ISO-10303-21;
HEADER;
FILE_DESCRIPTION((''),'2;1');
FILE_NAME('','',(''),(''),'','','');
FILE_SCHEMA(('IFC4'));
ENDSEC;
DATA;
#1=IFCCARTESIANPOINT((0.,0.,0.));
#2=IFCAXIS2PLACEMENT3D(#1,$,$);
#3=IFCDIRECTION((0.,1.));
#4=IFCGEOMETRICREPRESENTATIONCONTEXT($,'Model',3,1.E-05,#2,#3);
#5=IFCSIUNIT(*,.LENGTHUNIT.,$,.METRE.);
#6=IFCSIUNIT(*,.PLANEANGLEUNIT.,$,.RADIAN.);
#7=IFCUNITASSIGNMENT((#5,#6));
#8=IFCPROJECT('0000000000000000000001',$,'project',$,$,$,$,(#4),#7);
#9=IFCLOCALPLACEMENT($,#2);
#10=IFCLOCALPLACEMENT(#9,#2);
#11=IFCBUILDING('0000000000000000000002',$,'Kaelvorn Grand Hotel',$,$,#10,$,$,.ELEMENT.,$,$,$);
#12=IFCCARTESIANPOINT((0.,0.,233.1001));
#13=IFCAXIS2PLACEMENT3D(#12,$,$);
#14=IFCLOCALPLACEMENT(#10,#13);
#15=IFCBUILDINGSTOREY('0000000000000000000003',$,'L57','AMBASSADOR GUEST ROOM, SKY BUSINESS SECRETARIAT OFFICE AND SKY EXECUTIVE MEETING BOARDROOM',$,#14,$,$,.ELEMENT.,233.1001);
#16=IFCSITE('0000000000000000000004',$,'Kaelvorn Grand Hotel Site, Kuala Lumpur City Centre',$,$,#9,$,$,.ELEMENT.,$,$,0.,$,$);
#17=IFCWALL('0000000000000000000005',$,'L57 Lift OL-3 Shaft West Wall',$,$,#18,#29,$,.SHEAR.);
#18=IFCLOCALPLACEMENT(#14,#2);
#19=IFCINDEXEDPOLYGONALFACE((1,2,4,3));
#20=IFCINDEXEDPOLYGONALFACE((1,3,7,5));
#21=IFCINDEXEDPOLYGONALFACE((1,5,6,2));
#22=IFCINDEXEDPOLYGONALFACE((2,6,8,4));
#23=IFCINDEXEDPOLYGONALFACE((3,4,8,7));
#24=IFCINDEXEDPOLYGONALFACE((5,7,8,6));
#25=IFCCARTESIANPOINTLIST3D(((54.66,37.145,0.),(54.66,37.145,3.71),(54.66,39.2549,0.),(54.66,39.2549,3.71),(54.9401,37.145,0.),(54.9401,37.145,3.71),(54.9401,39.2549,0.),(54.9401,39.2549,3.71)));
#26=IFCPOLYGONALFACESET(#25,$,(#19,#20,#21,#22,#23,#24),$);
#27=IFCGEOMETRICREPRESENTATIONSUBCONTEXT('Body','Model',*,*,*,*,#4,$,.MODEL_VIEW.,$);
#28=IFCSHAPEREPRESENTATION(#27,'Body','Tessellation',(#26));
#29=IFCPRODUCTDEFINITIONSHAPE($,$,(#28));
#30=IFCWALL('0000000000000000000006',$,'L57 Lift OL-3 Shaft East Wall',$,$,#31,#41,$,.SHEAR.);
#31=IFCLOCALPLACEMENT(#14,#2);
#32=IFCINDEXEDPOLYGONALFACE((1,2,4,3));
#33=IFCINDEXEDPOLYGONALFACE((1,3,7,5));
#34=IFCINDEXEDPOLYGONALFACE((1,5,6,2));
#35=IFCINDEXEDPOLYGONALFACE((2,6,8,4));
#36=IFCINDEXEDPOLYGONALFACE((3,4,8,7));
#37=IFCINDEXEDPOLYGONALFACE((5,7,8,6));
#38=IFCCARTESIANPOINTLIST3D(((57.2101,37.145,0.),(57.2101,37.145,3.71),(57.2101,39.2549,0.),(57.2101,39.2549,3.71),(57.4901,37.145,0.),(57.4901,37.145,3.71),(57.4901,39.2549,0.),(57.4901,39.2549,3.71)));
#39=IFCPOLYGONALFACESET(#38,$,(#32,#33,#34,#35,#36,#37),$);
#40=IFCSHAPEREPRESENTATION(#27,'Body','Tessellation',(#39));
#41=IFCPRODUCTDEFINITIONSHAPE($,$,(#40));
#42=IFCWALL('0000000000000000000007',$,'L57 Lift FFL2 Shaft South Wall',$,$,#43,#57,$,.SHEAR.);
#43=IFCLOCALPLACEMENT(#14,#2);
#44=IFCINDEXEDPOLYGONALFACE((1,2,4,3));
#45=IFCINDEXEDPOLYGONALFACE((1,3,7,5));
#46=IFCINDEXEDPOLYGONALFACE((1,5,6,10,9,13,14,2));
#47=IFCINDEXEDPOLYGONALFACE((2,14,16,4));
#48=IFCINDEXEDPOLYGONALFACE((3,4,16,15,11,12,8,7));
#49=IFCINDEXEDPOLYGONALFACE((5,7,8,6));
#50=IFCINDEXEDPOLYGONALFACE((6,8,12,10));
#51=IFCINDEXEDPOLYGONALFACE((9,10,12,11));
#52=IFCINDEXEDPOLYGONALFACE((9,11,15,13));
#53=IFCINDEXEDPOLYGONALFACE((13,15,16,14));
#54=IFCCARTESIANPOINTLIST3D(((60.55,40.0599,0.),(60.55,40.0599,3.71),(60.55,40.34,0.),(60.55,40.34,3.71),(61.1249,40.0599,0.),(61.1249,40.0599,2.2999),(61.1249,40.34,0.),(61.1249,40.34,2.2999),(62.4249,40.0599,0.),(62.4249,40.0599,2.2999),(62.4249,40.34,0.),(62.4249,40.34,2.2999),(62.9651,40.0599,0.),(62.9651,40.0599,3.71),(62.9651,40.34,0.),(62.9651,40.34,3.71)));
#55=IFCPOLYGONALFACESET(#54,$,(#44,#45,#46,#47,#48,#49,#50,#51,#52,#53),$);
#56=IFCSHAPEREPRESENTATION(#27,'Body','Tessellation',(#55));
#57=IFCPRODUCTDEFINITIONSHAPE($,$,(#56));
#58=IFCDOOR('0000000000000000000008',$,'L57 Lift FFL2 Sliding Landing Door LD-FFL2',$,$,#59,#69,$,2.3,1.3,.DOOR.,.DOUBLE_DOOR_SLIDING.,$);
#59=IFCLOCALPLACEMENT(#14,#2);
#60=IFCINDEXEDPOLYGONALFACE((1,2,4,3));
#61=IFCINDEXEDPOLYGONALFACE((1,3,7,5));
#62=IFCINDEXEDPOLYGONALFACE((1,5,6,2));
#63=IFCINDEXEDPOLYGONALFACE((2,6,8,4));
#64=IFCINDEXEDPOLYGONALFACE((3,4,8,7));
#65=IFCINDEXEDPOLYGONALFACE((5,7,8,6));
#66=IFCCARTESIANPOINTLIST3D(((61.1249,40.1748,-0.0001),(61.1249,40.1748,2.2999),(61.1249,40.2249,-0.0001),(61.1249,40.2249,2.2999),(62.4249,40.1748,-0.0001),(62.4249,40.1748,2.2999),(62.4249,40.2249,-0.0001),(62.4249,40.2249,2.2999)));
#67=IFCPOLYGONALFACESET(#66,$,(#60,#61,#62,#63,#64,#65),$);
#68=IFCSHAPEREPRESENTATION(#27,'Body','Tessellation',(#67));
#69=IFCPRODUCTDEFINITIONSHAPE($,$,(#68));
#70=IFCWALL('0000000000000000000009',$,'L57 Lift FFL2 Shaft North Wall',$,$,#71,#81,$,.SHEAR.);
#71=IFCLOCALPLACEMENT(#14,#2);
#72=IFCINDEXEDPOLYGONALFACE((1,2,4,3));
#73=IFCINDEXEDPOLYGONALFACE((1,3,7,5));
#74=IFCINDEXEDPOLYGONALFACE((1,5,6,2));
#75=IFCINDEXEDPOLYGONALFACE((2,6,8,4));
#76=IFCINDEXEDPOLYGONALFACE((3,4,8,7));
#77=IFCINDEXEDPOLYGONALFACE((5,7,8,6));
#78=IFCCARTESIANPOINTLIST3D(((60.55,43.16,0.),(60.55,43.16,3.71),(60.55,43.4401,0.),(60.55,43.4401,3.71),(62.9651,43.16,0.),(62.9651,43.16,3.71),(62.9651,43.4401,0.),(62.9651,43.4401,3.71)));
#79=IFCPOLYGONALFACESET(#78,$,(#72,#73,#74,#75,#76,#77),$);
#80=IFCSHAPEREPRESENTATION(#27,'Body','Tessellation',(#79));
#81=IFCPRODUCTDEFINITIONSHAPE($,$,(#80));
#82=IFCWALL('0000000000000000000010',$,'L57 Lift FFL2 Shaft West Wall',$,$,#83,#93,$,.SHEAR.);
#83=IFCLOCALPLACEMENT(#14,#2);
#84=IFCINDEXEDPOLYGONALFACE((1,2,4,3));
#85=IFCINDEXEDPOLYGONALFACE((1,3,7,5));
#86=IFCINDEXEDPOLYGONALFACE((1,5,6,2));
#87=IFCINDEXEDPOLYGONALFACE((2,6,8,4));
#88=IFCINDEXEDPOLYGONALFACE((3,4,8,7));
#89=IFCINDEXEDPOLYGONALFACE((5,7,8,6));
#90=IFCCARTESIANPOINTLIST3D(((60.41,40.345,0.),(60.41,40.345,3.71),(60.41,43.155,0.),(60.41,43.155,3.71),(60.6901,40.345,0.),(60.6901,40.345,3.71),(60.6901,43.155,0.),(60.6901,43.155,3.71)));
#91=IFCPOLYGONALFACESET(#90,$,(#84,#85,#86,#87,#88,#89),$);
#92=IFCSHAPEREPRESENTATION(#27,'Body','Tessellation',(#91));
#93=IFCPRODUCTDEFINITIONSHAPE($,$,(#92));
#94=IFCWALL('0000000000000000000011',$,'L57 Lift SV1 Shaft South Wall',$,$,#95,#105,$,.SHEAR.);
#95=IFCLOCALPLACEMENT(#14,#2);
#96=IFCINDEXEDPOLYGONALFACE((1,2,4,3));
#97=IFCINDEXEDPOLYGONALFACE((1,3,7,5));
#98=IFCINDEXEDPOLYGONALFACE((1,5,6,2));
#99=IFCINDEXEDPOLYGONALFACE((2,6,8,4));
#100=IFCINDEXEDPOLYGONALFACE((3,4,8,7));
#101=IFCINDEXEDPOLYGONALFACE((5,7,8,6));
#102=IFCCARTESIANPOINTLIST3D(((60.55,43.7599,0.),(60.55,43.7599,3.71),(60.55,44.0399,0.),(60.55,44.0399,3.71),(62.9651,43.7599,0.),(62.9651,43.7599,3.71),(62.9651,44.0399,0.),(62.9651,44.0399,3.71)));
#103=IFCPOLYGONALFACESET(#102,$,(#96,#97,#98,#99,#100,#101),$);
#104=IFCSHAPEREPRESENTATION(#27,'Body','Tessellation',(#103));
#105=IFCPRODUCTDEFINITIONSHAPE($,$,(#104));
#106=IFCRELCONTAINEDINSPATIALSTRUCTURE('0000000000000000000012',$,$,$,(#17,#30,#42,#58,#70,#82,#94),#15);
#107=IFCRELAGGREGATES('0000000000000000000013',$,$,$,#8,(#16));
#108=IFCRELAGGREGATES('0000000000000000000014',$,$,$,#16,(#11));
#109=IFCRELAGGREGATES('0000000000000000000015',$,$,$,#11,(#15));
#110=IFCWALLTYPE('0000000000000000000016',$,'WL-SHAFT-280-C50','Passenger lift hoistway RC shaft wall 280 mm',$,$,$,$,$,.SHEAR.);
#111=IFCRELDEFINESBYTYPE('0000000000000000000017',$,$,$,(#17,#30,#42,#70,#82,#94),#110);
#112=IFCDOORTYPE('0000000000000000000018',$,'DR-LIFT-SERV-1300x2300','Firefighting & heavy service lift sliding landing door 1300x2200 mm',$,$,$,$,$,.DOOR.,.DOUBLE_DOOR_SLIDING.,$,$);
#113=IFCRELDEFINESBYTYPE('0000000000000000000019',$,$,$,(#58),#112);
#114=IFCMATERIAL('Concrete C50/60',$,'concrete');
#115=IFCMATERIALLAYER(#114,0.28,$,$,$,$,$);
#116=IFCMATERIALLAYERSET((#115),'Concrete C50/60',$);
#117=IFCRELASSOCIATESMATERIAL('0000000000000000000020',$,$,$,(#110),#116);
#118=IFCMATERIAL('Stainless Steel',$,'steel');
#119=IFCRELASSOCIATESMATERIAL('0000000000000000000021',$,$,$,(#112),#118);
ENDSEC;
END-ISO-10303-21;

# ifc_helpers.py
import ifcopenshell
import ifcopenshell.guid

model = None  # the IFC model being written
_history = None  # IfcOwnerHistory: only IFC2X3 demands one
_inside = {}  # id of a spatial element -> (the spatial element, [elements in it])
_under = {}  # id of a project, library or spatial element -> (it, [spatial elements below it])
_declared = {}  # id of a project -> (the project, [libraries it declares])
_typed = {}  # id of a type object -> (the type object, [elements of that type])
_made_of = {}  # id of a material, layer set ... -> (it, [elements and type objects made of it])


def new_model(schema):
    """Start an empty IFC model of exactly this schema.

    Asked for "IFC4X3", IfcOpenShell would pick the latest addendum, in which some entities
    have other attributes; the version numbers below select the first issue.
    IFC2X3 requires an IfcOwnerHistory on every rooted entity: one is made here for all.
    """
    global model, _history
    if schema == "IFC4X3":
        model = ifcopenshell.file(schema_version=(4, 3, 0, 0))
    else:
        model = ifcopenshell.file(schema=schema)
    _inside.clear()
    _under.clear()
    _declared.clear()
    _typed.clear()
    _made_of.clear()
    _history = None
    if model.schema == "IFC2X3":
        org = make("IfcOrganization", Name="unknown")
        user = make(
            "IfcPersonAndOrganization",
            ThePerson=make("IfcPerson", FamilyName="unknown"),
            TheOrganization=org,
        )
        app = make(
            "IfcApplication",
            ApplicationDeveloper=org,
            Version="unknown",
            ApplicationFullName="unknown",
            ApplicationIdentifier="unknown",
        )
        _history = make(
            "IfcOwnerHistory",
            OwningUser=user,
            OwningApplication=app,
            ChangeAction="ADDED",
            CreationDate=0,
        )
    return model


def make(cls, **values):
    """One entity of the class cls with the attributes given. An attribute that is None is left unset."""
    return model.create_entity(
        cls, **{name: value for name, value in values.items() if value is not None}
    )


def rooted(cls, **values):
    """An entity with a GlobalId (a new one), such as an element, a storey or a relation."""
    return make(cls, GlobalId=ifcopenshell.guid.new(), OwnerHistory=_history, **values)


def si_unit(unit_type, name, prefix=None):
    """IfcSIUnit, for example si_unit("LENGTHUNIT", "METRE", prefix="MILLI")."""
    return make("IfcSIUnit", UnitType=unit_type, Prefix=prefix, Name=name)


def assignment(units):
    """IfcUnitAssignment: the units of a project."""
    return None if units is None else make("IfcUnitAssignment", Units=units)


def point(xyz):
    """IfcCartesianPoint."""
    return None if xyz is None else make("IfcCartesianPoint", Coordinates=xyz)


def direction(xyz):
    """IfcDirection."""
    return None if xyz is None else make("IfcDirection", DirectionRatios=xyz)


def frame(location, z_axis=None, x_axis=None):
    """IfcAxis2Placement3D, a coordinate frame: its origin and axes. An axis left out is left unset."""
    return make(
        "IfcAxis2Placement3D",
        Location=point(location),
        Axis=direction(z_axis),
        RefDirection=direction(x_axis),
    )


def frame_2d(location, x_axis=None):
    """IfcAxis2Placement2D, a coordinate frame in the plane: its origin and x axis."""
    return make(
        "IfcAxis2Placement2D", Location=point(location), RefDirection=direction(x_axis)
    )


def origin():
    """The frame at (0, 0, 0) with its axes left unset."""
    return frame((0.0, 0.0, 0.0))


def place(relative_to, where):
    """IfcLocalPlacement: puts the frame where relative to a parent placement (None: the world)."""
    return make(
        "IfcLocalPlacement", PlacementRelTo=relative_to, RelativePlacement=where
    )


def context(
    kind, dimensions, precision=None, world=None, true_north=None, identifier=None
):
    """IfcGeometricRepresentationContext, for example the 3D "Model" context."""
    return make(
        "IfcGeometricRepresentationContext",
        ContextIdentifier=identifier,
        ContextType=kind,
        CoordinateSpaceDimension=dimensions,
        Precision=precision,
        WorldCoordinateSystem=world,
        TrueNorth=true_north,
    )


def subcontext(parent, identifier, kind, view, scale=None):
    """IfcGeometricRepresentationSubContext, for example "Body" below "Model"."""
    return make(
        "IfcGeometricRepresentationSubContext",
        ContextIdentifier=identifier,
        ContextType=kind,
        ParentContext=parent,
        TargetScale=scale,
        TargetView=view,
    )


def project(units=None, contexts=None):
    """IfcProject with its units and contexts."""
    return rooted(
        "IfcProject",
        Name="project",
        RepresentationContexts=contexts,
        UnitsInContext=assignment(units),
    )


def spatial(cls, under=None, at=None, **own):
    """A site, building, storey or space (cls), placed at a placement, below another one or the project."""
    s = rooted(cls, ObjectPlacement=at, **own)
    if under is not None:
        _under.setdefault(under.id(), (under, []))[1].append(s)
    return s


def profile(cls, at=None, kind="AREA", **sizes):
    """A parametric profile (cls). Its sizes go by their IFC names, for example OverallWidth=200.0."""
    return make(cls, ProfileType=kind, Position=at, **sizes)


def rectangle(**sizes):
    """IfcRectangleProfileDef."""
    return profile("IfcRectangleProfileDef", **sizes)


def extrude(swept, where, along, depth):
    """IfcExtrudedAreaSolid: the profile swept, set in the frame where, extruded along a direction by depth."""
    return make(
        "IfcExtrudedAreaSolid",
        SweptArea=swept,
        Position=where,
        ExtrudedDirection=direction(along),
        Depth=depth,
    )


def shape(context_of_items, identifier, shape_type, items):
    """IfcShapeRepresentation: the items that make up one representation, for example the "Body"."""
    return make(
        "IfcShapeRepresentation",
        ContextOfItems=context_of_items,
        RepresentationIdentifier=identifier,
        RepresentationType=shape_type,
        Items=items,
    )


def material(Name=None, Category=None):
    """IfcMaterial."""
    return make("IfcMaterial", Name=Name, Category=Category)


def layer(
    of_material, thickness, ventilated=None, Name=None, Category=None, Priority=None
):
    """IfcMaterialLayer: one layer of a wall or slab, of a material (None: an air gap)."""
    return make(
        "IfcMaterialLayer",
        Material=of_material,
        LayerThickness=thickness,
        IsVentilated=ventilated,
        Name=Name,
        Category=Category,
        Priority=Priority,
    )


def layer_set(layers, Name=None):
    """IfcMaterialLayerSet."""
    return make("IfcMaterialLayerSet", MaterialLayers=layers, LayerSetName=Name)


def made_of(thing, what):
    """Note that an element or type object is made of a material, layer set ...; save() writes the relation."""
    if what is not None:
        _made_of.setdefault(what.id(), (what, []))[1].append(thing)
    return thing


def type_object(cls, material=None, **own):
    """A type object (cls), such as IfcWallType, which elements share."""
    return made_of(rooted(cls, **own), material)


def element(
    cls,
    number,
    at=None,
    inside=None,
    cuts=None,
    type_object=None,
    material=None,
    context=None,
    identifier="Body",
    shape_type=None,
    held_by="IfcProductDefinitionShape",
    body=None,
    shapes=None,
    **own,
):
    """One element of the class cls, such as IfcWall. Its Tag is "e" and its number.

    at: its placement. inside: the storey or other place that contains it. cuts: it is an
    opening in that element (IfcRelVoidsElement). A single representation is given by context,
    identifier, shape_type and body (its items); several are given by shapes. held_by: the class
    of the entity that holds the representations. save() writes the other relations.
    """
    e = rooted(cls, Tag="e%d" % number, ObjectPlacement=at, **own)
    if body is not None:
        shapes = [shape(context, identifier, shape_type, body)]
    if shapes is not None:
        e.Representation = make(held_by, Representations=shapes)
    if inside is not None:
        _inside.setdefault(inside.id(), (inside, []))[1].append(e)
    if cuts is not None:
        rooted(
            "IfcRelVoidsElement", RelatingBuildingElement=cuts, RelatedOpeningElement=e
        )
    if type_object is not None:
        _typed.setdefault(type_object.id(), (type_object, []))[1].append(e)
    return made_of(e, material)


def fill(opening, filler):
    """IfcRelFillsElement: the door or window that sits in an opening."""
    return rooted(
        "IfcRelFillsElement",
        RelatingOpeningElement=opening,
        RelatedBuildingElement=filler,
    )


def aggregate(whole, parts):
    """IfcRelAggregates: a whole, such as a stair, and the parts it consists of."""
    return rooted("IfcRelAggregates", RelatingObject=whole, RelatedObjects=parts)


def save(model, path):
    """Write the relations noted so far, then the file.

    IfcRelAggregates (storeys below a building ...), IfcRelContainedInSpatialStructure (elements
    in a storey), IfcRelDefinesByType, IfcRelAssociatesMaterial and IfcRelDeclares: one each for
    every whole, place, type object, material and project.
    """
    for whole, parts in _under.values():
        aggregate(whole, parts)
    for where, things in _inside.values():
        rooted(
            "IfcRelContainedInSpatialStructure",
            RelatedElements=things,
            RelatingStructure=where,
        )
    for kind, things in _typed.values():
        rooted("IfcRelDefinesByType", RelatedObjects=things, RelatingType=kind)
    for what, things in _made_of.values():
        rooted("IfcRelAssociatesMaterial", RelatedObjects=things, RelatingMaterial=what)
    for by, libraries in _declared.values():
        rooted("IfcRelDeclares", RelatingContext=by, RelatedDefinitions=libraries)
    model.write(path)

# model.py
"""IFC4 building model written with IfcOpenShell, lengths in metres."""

from ifc_helpers import new_model, si_unit, direction, frame, frame_2d, origin, place, context, subcontext, project, spatial, rectangle, extrude, material, layer, layer_set, type_object, element, fill, save


model = new_model("IFC4")

# Units and contexts
model_context = context("Model", 3, precision=1e-05, world=origin(), true_north=direction((0.0, 1.0)))
body_context = subcontext(model_context, "Body", "Model", "MODEL_VIEW")
ifc_project = project(units=[si_unit("LENGTHUNIT", "METRE"), si_unit("PLANEANGLEUNIT", "RADIAN")], contexts=[model_context])

# Site, building, storey
site_placement = place(None, origin())
site = spatial("IfcSite", under=ifc_project, at=site_placement, Name="Kaelvorn Grand Hotel Site, Kuala Lumpur City Centre", CompositionType="ELEMENT", RefElevation=0.0)
building_placement = place(site_placement, origin())
building = spatial("IfcBuilding", under=site, at=building_placement, Name="Kaelvorn Grand Hotel", CompositionType="ELEMENT")
storey_placement = place(building_placement, frame((0.0, 0.0, 233.1001)))
storey = spatial("IfcBuildingStorey", under=building, at=storey_placement, Name="L57", Description="AMBASSADOR GUEST ROOM, SKY BUSINESS SECRETARIAT OFFICE AND SKY EXECUTIVE MEETING BOARDROOM", CompositionType="ELEMENT", Elevation=233.1001)

# Shared definitions
ifc_material_1 = material(Name="Concrete C50/60", Category="concrete")

# Walls
ifc_layer_1 = layer(ifc_material_1, 0.28)
ifc_layer_set_1 = layer_set([ifc_layer_1], Name="Concrete C50/60")
wall_type_1 = type_object("IfcWallType", Name="WL-SHAFT-280-C50", Description="Passenger lift hoistway RC shaft wall 280 mm", PredefinedType="SHEAR", material=ifc_layer_set_1)
for number, where, z_axis, x_axis, name in (
    (1, (54.8, 37.145, 0.0), (0.0, 0.0, 1.0), (0.0, 1.0, 0.0), "L57 Lift OL-3 Shaft West Wall"),
    (2, (57.3501, 37.145, 0.0), (0.0, 0.0, 1.0), (0.0, 1.0, 0.0), "L57 Lift OL-3 Shaft East Wall"),
):
    element("IfcWall", number, at=place(storey_placement, frame(where, z_axis=z_axis, x_axis=x_axis)), inside=storey, type_object=wall_type_1, Name=name, PredefinedType="SHEAR", context=body_context, shape_type="SweptSolid", body=[
        extrude(rectangle(XDim=2.1099, YDim=0.28, at=frame_2d((1.0549, 0.0))), origin(), (0.0, 0.0, 1.0), 3.71),
    ])

# Wall, opening, door
wall_1_placement = place(storey_placement, frame((60.55, 40.2, 0.0), z_axis=(0.0, 0.0, 1.0), x_axis=(1.0, 0.0, 0.0)))
wall_1 = element("IfcWall", 3, at=wall_1_placement, inside=storey, type_object=wall_type_1, Name="L57 Lift FFL2 Shaft South Wall", PredefinedType="SHEAR", context=body_context, shape_type="SweptSolid", body=[
    extrude(rectangle(XDim=2.415, YDim=0.28, at=frame_2d((1.2075, 0.0))), origin(), (0.0, 0.0, 1.0), 3.71),
])
opening_1_placement = place(wall_1_placement, frame((0.575, 0.0, 0.0)))
opening_1 = element("IfcOpeningElement", 4, at=opening_1_placement, cuts=wall_1, PredefinedType="OPENING", context=body_context, shape_type="SweptSolid", body=[
    extrude(rectangle(XDim=1.3, YDim=2.3, at=frame_2d((0.6499, 1.1499))), frame((0.0, 0.1499, 0.0), z_axis=(0.0, -1.0, 0.0), x_axis=(1.0, 0.0, 0.0)), (0.0, 0.0, 1.0), 0.3),
])
ifc_material_2 = material(Name="Stainless Steel", Category="steel")
door_type_1 = type_object("IfcDoorType", Name="DR-LIFT-SERV-1300x2300", Description="Firefighting & heavy service lift sliding landing door 1300x2200 mm", OperationType="DOUBLE_DOOR_SLIDING", PredefinedType="DOOR", material=ifc_material_2)
door_1_placement = place(opening_1_placement, origin())
door_1 = element("IfcDoor", 5, at=door_1_placement, inside=storey, type_object=door_type_1, Name="L57 Lift FFL2 Sliding Landing Door LD-FFL2", OperationType="DOUBLE_DOOR_SLIDING", OverallHeight=2.3, OverallWidth=1.3, PredefinedType="DOOR", context=body_context, shape_type="SweptSolid", body=[
    extrude(rectangle(XDim=1.3, YDim=2.3, at=frame_2d((0.6499, 1.1499))), frame((0.0, 0.0249, 0.0), z_axis=(0.0, -1.0, 0.0), x_axis=(1.0, 0.0, 0.0)), (0.0, 0.0, 1.0), 0.05),
])
fill(opening_1, door_1)

# Walls
wall_2_placement = place(storey_placement, frame((60.55, 43.3, 0.0), z_axis=(0.0, 0.0, 1.0), x_axis=(1.0, 0.0, 0.0)))
element("IfcWall", 6, at=wall_2_placement, inside=storey, type_object=wall_type_1, Name="L57 Lift FFL2 Shaft North Wall", PredefinedType="SHEAR", context=body_context, shape_type="SweptSolid", body=[
    extrude(rectangle(XDim=2.415, YDim=0.28, at=frame_2d((1.2075, 0.0))), origin(), (0.0, 0.0, 1.0), 3.71),
])
wall_3_placement = place(storey_placement, frame((60.55, 40.345, 0.0), z_axis=(0.0, 0.0, 1.0), x_axis=(0.0, 1.0, 0.0)))
element("IfcWall", 7, at=wall_3_placement, inside=storey, type_object=wall_type_1, Name="L57 Lift FFL2 Shaft West Wall", PredefinedType="SHEAR", context=body_context, shape_type="SweptSolid", body=[
    extrude(rectangle(XDim=2.8101, YDim=0.28, at=frame_2d((1.405, 0.0))), origin(), (0.0, 0.0, 1.0), 3.71),
])
wall_4_placement = place(storey_placement, frame((60.55, 43.8999, 0.0), z_axis=(0.0, 0.0, 1.0), x_axis=(1.0, 0.0, 0.0)))
element("IfcWall", 8, at=wall_4_placement, inside=storey, type_object=wall_type_1, Name="L57 Lift SV1 Shaft South Wall", PredefinedType="SHEAR", context=body_context, shape_type="SweptSolid", body=[
    extrude(rectangle(XDim=2.415, YDim=0.28, at=frame_2d((1.2075, 0.0))), origin(), (0.0, 0.0, 1.0), 3.71),
])

save(model, "model.ifc")
